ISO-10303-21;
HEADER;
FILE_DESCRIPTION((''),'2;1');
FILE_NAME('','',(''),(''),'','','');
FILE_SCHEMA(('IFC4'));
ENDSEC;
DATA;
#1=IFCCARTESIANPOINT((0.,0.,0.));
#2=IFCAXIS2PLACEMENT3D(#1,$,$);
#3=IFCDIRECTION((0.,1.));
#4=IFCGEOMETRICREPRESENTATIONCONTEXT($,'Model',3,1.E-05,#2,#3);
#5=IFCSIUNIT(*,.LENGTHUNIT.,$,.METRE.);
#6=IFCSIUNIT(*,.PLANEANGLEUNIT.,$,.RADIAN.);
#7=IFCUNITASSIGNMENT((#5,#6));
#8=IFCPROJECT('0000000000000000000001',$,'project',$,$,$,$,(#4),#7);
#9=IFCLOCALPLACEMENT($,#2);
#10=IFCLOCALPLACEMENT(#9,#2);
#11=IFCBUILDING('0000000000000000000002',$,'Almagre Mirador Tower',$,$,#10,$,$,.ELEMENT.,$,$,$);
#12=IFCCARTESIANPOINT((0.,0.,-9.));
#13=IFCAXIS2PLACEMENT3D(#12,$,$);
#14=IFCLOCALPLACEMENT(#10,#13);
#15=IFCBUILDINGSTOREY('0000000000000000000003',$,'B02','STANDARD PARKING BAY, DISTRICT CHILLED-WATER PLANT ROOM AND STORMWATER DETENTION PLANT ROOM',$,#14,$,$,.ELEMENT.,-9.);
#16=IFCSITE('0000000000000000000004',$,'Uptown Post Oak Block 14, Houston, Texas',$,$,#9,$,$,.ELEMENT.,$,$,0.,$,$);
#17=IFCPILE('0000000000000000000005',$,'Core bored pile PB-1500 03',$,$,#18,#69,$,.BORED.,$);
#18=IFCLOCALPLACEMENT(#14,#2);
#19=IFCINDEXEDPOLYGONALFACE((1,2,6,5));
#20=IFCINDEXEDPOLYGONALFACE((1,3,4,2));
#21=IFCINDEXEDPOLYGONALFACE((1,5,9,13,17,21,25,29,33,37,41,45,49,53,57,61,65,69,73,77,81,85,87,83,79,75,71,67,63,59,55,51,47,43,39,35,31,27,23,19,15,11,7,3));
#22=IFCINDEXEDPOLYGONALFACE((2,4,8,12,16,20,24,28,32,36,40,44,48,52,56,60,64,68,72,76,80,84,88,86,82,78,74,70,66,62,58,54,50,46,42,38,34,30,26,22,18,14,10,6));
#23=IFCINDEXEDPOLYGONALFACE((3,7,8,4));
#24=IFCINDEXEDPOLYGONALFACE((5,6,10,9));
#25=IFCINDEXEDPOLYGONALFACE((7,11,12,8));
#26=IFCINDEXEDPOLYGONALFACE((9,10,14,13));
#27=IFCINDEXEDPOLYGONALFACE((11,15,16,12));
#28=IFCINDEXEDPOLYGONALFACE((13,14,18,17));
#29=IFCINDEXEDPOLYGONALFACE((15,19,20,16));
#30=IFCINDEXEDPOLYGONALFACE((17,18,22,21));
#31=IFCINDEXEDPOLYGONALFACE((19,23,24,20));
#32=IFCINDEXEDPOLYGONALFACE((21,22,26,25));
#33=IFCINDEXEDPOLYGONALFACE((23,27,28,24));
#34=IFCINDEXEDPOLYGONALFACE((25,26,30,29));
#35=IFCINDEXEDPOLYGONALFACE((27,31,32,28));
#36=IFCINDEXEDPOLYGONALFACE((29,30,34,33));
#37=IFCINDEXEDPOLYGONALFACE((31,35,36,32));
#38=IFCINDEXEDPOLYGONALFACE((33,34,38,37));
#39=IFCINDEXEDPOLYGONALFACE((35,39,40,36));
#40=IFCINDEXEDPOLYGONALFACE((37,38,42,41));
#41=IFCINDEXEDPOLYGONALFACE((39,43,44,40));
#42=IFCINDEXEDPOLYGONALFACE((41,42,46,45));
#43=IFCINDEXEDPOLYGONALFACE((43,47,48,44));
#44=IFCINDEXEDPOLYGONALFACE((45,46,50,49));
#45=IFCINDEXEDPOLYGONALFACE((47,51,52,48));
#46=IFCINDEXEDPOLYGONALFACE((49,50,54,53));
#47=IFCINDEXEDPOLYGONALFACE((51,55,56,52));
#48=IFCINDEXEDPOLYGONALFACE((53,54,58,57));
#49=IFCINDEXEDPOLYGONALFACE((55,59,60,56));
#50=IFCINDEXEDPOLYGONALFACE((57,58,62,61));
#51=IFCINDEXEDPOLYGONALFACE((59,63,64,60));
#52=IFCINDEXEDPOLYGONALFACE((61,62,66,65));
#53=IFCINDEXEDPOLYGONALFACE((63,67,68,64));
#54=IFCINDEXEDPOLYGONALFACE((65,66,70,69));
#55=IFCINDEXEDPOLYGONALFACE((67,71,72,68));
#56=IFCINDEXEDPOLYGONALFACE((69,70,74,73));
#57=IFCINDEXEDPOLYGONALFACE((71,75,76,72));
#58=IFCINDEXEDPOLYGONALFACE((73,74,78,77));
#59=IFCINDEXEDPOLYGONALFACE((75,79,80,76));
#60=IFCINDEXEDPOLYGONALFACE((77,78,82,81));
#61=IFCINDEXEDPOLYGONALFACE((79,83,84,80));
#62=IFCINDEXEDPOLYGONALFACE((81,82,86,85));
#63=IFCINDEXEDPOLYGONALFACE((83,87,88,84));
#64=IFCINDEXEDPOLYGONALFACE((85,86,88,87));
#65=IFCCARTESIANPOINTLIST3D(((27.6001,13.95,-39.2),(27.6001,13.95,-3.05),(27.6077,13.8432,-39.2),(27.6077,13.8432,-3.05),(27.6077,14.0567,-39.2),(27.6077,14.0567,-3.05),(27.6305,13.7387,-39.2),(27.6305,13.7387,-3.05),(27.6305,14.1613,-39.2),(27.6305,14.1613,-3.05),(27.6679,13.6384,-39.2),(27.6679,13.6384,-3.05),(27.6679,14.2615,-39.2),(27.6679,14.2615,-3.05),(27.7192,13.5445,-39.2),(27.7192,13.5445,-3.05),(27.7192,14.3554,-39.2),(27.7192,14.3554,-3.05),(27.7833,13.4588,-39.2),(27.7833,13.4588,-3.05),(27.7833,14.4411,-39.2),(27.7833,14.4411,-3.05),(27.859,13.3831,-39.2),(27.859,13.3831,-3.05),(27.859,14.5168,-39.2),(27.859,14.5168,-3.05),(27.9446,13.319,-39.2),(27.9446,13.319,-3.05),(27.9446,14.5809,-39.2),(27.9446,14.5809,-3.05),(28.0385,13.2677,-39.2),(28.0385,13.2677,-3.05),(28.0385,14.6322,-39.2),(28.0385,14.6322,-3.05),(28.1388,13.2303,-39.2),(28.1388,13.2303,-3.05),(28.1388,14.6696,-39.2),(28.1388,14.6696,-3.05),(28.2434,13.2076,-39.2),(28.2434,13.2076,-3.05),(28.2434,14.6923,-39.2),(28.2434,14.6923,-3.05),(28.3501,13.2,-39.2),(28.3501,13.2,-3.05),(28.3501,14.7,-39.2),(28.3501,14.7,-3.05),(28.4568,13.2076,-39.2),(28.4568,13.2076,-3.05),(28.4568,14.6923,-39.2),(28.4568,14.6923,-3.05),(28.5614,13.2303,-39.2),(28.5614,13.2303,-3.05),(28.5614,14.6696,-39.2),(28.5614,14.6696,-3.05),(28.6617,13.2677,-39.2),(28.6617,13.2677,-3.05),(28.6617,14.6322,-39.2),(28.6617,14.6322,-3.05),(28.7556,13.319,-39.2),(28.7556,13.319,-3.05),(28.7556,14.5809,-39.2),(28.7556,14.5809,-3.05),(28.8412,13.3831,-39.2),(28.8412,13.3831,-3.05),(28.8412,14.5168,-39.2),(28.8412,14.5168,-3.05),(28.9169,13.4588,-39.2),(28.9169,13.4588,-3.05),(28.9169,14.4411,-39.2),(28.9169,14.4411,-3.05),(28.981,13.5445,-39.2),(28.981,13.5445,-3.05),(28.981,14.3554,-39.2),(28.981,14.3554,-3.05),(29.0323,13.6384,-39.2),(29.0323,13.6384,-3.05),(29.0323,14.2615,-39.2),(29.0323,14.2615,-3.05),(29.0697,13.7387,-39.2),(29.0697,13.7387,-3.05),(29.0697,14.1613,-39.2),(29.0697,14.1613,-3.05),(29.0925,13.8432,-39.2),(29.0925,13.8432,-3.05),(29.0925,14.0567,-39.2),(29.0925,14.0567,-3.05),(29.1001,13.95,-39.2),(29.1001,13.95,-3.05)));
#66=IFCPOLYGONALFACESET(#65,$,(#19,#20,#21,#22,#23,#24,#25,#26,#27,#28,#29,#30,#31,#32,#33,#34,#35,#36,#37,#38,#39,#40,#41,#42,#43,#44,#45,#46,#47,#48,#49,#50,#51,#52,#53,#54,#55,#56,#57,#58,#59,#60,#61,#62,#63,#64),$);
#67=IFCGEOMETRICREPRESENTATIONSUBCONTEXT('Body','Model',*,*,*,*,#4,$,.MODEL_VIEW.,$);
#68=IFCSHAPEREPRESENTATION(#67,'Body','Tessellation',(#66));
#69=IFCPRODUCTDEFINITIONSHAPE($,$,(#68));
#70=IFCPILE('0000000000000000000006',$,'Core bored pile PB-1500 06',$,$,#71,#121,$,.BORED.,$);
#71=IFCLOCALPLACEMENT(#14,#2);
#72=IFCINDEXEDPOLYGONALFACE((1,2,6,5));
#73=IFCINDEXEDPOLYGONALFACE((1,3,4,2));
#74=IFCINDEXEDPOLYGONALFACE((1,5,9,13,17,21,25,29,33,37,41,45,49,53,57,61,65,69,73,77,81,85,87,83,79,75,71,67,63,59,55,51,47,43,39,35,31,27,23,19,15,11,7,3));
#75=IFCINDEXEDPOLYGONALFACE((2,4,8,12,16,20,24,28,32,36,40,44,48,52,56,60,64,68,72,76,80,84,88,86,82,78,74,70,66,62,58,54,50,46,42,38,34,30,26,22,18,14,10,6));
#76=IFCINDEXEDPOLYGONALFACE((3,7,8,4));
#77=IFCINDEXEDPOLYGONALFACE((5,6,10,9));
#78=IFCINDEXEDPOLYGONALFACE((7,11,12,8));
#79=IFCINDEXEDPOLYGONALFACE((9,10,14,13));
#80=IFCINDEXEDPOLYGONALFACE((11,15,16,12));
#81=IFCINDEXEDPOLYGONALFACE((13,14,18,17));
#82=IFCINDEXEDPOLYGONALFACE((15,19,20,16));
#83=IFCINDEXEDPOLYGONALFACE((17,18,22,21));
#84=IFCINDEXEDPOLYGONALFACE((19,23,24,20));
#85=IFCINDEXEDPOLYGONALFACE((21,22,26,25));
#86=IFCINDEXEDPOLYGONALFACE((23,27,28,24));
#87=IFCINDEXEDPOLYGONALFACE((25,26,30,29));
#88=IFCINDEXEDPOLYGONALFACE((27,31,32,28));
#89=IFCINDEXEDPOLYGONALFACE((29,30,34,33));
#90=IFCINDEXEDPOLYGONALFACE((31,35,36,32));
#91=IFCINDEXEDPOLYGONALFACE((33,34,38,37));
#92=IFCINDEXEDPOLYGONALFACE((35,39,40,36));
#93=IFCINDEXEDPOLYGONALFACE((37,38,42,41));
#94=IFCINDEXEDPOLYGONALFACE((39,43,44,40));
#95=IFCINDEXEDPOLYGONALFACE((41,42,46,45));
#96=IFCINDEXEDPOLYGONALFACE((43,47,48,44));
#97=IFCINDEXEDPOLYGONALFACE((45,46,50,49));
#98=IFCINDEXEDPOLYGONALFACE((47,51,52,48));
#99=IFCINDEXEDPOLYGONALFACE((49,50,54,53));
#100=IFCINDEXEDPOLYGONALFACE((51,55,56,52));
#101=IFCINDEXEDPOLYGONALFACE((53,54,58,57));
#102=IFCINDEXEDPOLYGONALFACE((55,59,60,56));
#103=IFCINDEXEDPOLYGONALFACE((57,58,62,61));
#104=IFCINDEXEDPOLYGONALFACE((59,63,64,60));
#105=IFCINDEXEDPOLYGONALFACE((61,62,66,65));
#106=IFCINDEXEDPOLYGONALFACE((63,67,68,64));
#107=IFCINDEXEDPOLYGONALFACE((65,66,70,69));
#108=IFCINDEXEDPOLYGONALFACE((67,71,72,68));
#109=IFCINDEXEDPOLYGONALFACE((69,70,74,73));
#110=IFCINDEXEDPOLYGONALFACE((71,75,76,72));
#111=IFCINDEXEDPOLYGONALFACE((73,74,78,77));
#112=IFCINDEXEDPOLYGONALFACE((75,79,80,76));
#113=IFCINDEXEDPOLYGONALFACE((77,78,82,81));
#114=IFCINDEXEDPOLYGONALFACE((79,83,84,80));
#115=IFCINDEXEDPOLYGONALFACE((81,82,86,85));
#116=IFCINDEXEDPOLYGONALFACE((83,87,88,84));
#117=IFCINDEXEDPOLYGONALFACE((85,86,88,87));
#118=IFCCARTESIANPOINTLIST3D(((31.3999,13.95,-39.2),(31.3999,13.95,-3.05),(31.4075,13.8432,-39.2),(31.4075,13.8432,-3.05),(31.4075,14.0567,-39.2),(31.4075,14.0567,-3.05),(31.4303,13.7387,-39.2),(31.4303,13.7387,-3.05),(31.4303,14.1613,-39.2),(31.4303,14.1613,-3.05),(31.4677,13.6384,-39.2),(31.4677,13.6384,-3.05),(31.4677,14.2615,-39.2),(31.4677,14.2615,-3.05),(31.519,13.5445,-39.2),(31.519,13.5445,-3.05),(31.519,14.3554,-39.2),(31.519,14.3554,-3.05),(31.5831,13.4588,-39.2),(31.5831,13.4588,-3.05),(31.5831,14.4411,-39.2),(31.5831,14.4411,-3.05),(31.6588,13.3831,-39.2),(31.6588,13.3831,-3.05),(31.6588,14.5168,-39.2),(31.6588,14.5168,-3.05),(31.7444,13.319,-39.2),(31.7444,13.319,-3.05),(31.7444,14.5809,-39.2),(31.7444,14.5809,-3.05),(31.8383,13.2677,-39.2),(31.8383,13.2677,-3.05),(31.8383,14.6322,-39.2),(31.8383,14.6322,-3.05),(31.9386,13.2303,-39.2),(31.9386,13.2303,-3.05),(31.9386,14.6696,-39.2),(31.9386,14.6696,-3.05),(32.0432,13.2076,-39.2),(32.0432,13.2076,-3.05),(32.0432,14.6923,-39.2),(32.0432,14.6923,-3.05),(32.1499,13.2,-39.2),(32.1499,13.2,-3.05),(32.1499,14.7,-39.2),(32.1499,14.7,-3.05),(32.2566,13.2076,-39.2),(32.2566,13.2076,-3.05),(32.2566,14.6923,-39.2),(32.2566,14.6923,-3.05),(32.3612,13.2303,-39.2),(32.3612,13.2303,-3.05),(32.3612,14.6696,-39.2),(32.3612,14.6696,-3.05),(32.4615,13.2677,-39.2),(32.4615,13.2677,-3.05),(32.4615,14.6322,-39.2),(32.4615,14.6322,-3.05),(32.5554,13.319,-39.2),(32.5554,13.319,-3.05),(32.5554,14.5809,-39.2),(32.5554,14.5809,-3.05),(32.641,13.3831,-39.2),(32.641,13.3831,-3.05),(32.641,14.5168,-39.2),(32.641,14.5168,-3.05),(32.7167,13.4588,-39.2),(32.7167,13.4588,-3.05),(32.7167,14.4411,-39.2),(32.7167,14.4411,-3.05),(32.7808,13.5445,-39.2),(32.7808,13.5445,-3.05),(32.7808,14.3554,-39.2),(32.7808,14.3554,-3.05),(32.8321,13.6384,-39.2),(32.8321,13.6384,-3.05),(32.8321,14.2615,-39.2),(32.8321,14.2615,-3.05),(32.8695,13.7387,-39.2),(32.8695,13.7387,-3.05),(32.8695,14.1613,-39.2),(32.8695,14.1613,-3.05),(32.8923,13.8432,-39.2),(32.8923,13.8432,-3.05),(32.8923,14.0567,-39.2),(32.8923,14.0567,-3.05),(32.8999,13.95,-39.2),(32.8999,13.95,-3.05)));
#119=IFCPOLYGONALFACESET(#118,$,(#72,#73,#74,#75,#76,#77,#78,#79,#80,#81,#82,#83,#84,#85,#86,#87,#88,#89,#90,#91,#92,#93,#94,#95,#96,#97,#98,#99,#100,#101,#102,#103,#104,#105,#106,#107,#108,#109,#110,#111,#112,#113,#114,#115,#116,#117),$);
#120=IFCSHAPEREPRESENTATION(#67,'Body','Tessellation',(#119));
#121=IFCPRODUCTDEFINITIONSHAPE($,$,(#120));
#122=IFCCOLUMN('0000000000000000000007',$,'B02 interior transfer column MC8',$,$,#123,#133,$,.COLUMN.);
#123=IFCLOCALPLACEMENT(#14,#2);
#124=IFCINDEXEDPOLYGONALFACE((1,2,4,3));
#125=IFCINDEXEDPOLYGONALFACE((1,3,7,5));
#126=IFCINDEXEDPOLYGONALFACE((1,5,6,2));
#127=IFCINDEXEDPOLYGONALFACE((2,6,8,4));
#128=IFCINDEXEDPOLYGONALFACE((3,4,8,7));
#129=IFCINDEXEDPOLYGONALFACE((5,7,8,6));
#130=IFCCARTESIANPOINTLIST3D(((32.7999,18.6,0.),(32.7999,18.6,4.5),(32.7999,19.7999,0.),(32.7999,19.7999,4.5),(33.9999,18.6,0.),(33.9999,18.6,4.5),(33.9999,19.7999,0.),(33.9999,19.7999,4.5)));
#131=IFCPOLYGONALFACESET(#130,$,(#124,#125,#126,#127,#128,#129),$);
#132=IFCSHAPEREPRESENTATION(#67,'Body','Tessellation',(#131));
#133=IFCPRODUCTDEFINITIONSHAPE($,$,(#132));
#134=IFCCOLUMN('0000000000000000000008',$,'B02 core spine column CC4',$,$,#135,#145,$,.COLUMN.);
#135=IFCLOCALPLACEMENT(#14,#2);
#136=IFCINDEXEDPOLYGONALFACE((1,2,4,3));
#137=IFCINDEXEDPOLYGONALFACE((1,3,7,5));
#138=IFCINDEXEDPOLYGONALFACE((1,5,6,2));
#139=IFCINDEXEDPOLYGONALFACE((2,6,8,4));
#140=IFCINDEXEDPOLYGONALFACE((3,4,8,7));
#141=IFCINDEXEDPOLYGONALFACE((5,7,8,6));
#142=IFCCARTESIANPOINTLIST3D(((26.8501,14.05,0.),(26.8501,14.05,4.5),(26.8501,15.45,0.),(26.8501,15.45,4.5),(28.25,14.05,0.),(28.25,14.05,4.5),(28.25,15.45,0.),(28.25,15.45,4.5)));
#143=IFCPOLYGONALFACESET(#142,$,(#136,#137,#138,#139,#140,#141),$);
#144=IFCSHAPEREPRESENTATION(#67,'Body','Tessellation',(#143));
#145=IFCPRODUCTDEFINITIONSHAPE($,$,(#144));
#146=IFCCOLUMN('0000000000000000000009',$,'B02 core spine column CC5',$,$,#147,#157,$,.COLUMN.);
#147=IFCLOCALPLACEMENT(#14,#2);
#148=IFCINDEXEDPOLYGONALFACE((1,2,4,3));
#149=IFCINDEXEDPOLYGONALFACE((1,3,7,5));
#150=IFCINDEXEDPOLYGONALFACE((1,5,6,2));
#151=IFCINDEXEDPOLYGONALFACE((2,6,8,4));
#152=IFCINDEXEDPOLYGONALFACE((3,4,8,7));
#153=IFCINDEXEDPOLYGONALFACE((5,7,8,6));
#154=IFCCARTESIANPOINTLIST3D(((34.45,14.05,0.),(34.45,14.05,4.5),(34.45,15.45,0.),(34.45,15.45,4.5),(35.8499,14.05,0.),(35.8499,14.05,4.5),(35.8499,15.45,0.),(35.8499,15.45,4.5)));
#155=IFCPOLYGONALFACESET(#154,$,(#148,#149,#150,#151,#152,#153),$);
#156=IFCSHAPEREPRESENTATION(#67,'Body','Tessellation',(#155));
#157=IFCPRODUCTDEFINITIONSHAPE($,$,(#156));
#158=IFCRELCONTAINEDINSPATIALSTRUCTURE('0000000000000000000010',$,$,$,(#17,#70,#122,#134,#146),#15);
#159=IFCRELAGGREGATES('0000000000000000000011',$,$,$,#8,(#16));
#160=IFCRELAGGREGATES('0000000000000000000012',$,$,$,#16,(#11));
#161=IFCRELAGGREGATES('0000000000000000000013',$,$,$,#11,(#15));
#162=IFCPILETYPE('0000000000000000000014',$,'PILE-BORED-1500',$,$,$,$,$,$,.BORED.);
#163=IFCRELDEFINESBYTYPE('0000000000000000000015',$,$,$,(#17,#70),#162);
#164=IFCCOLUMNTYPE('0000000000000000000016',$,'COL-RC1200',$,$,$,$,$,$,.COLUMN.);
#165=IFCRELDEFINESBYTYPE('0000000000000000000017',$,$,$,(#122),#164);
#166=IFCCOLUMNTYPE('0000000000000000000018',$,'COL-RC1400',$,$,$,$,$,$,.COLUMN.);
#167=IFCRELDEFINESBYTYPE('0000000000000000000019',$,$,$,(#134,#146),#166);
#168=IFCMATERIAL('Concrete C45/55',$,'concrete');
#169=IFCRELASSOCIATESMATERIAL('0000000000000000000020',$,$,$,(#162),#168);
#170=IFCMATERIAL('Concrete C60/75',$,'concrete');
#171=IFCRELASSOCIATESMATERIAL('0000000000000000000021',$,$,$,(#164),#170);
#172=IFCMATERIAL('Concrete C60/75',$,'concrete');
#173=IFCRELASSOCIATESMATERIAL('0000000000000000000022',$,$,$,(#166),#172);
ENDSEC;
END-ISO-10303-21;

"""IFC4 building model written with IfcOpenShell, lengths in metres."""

from ifc_helpers import new_model, si_unit, direction, frame, origin, origin_2d, place, context, subcontext, project, spatial, rectangle, circle, extrude, material, material_profile, profile_set, type_object, element, save


model = new_model("IFC4")

# Units and contexts
model_context = context("Model", 3, precision=1e-05, world=origin(), true_north=direction((0.0, 1.0)))
body_context = subcontext(model_context, "Body", "Model", "MODEL_VIEW")
ifc_project = project(units=[si_unit("LENGTHUNIT", "METRE"), si_unit("PLANEANGLEUNIT", "RADIAN")], contexts=[model_context])

# Site, building, storey
site_placement = place(None, origin())
site = spatial("IfcSite", under=ifc_project, at=site_placement, Name="Uptown Post Oak Block 14, Houston, Texas", CompositionType="ELEMENT", RefElevation=0.0)
building_placement = place(site_placement, origin())
building = spatial("IfcBuilding", under=site, at=building_placement, Name="Almagre Mirador Tower", CompositionType="ELEMENT")
storey_placement = place(building_placement, frame((0.0, 0.0, -9.0)))
storey = spatial("IfcBuildingStorey", under=building, at=storey_placement, Name="B02", Description="STANDARD PARKING BAY, DISTRICT CHILLED-WATER PLANT ROOM AND STORMWATER DETENTION PLANT ROOM", CompositionType="ELEMENT", Elevation=-9.0)

# Piles
ifc_material_1 = material(Name="Concrete C45/55", Category="concrete")
ifc_material_profile_1 = material_profile(ifc_material_1, circle(Radius=0.75, at=origin_2d()), Name="PILE1500D")
ifc_profile_set_1 = profile_set([ifc_material_profile_1], Name="Concrete C45/55")
pile_type_1 = type_object("IfcPileType", Name="PILE-BORED-1500", PredefinedType="BORED", material=ifc_profile_set_1)
for number, where, z_axis, x_axis, name in (
    (1, (28.3501, 13.95, -3.05), (0.0, 0.0, -1.0), (1.0, 0.0, 0.0), "Core bored pile PB-1500 03"),
    (2, (32.1499, 13.95, -3.05), (0.0, 0.0, -1.0), (1.0, 0.0, 0.0), "Core bored pile PB-1500 06"),
):
    element("IfcPile", number, at=place(storey_placement, frame(where, z_axis=z_axis, x_axis=x_axis)), inside=storey, type_object=pile_type_1, Name=name, PredefinedType="BORED", context=body_context, shape_type="SweptSolid", body=[
        extrude(circle(Radius=0.75, at=origin_2d()), origin(), (0.0, 0.0, 1.0), 36.1499),
    ])

# Columns
ifc_material_2 = material(Name="Concrete C60/75", Category="concrete")
ifc_material_profile_2 = material_profile(ifc_material_2, rectangle(XDim=1.2, YDim=1.2, at=origin_2d()), Name="RC1200X1200")
ifc_profile_set_2 = profile_set([ifc_material_profile_2], Name="Concrete C60/75")
column_type_1 = type_object("IfcColumnType", Name="COL-RC1200", PredefinedType="COLUMN", material=ifc_profile_set_2)
column_1_placement = place(storey_placement, frame((33.3999, 19.2, 0.0), z_axis=(0.0, 0.0, 1.0), x_axis=(1.0, 0.0, 0.0)))
element("IfcColumn", 3, at=column_1_placement, inside=storey, type_object=column_type_1, Name="B02 interior transfer column MC8", PredefinedType="COLUMN", context=body_context, shape_type="SweptSolid", body=[
    extrude(rectangle(XDim=1.2, YDim=1.2, at=origin_2d()), origin(), (0.0, 0.0, 1.0), 4.5),
])
ifc_material_3 = material(Name="Concrete C60/75", Category="concrete")
ifc_material_profile_3 = material_profile(ifc_material_3, rectangle(XDim=1.3999, YDim=1.3999, at=origin_2d()), Name="RC1400X1400")
ifc_profile_set_3 = profile_set([ifc_material_profile_3], Name="Concrete C60/75")
column_type_2 = type_object("IfcColumnType", Name="COL-RC1400", PredefinedType="COLUMN", material=ifc_profile_set_3)
for number, where, z_axis, x_axis, name in (
    (4, (27.55, 14.75, 0.0), (0.0, 0.0, 1.0), (1.0, 0.0, 0.0), "B02 core spine column CC4"),
    (5, (35.1499, 14.75, 0.0), (0.0, 0.0, 1.0), (1.0, 0.0, 0.0), "B02 core spine column CC5"),
):
    element("IfcColumn", number, at=place(storey_placement, frame(where, z_axis=z_axis, x_axis=x_axis)), inside=storey, type_object=column_type_2, Name=name, PredefinedType="COLUMN", context=body_context, shape_type="SweptSolid", body=[
        extrude(rectangle(XDim=1.3999, YDim=1.3999, at=origin_2d()), origin(), (0.0, 0.0, 1.0), 4.5),
    ])

save(model, "model.ifc")
